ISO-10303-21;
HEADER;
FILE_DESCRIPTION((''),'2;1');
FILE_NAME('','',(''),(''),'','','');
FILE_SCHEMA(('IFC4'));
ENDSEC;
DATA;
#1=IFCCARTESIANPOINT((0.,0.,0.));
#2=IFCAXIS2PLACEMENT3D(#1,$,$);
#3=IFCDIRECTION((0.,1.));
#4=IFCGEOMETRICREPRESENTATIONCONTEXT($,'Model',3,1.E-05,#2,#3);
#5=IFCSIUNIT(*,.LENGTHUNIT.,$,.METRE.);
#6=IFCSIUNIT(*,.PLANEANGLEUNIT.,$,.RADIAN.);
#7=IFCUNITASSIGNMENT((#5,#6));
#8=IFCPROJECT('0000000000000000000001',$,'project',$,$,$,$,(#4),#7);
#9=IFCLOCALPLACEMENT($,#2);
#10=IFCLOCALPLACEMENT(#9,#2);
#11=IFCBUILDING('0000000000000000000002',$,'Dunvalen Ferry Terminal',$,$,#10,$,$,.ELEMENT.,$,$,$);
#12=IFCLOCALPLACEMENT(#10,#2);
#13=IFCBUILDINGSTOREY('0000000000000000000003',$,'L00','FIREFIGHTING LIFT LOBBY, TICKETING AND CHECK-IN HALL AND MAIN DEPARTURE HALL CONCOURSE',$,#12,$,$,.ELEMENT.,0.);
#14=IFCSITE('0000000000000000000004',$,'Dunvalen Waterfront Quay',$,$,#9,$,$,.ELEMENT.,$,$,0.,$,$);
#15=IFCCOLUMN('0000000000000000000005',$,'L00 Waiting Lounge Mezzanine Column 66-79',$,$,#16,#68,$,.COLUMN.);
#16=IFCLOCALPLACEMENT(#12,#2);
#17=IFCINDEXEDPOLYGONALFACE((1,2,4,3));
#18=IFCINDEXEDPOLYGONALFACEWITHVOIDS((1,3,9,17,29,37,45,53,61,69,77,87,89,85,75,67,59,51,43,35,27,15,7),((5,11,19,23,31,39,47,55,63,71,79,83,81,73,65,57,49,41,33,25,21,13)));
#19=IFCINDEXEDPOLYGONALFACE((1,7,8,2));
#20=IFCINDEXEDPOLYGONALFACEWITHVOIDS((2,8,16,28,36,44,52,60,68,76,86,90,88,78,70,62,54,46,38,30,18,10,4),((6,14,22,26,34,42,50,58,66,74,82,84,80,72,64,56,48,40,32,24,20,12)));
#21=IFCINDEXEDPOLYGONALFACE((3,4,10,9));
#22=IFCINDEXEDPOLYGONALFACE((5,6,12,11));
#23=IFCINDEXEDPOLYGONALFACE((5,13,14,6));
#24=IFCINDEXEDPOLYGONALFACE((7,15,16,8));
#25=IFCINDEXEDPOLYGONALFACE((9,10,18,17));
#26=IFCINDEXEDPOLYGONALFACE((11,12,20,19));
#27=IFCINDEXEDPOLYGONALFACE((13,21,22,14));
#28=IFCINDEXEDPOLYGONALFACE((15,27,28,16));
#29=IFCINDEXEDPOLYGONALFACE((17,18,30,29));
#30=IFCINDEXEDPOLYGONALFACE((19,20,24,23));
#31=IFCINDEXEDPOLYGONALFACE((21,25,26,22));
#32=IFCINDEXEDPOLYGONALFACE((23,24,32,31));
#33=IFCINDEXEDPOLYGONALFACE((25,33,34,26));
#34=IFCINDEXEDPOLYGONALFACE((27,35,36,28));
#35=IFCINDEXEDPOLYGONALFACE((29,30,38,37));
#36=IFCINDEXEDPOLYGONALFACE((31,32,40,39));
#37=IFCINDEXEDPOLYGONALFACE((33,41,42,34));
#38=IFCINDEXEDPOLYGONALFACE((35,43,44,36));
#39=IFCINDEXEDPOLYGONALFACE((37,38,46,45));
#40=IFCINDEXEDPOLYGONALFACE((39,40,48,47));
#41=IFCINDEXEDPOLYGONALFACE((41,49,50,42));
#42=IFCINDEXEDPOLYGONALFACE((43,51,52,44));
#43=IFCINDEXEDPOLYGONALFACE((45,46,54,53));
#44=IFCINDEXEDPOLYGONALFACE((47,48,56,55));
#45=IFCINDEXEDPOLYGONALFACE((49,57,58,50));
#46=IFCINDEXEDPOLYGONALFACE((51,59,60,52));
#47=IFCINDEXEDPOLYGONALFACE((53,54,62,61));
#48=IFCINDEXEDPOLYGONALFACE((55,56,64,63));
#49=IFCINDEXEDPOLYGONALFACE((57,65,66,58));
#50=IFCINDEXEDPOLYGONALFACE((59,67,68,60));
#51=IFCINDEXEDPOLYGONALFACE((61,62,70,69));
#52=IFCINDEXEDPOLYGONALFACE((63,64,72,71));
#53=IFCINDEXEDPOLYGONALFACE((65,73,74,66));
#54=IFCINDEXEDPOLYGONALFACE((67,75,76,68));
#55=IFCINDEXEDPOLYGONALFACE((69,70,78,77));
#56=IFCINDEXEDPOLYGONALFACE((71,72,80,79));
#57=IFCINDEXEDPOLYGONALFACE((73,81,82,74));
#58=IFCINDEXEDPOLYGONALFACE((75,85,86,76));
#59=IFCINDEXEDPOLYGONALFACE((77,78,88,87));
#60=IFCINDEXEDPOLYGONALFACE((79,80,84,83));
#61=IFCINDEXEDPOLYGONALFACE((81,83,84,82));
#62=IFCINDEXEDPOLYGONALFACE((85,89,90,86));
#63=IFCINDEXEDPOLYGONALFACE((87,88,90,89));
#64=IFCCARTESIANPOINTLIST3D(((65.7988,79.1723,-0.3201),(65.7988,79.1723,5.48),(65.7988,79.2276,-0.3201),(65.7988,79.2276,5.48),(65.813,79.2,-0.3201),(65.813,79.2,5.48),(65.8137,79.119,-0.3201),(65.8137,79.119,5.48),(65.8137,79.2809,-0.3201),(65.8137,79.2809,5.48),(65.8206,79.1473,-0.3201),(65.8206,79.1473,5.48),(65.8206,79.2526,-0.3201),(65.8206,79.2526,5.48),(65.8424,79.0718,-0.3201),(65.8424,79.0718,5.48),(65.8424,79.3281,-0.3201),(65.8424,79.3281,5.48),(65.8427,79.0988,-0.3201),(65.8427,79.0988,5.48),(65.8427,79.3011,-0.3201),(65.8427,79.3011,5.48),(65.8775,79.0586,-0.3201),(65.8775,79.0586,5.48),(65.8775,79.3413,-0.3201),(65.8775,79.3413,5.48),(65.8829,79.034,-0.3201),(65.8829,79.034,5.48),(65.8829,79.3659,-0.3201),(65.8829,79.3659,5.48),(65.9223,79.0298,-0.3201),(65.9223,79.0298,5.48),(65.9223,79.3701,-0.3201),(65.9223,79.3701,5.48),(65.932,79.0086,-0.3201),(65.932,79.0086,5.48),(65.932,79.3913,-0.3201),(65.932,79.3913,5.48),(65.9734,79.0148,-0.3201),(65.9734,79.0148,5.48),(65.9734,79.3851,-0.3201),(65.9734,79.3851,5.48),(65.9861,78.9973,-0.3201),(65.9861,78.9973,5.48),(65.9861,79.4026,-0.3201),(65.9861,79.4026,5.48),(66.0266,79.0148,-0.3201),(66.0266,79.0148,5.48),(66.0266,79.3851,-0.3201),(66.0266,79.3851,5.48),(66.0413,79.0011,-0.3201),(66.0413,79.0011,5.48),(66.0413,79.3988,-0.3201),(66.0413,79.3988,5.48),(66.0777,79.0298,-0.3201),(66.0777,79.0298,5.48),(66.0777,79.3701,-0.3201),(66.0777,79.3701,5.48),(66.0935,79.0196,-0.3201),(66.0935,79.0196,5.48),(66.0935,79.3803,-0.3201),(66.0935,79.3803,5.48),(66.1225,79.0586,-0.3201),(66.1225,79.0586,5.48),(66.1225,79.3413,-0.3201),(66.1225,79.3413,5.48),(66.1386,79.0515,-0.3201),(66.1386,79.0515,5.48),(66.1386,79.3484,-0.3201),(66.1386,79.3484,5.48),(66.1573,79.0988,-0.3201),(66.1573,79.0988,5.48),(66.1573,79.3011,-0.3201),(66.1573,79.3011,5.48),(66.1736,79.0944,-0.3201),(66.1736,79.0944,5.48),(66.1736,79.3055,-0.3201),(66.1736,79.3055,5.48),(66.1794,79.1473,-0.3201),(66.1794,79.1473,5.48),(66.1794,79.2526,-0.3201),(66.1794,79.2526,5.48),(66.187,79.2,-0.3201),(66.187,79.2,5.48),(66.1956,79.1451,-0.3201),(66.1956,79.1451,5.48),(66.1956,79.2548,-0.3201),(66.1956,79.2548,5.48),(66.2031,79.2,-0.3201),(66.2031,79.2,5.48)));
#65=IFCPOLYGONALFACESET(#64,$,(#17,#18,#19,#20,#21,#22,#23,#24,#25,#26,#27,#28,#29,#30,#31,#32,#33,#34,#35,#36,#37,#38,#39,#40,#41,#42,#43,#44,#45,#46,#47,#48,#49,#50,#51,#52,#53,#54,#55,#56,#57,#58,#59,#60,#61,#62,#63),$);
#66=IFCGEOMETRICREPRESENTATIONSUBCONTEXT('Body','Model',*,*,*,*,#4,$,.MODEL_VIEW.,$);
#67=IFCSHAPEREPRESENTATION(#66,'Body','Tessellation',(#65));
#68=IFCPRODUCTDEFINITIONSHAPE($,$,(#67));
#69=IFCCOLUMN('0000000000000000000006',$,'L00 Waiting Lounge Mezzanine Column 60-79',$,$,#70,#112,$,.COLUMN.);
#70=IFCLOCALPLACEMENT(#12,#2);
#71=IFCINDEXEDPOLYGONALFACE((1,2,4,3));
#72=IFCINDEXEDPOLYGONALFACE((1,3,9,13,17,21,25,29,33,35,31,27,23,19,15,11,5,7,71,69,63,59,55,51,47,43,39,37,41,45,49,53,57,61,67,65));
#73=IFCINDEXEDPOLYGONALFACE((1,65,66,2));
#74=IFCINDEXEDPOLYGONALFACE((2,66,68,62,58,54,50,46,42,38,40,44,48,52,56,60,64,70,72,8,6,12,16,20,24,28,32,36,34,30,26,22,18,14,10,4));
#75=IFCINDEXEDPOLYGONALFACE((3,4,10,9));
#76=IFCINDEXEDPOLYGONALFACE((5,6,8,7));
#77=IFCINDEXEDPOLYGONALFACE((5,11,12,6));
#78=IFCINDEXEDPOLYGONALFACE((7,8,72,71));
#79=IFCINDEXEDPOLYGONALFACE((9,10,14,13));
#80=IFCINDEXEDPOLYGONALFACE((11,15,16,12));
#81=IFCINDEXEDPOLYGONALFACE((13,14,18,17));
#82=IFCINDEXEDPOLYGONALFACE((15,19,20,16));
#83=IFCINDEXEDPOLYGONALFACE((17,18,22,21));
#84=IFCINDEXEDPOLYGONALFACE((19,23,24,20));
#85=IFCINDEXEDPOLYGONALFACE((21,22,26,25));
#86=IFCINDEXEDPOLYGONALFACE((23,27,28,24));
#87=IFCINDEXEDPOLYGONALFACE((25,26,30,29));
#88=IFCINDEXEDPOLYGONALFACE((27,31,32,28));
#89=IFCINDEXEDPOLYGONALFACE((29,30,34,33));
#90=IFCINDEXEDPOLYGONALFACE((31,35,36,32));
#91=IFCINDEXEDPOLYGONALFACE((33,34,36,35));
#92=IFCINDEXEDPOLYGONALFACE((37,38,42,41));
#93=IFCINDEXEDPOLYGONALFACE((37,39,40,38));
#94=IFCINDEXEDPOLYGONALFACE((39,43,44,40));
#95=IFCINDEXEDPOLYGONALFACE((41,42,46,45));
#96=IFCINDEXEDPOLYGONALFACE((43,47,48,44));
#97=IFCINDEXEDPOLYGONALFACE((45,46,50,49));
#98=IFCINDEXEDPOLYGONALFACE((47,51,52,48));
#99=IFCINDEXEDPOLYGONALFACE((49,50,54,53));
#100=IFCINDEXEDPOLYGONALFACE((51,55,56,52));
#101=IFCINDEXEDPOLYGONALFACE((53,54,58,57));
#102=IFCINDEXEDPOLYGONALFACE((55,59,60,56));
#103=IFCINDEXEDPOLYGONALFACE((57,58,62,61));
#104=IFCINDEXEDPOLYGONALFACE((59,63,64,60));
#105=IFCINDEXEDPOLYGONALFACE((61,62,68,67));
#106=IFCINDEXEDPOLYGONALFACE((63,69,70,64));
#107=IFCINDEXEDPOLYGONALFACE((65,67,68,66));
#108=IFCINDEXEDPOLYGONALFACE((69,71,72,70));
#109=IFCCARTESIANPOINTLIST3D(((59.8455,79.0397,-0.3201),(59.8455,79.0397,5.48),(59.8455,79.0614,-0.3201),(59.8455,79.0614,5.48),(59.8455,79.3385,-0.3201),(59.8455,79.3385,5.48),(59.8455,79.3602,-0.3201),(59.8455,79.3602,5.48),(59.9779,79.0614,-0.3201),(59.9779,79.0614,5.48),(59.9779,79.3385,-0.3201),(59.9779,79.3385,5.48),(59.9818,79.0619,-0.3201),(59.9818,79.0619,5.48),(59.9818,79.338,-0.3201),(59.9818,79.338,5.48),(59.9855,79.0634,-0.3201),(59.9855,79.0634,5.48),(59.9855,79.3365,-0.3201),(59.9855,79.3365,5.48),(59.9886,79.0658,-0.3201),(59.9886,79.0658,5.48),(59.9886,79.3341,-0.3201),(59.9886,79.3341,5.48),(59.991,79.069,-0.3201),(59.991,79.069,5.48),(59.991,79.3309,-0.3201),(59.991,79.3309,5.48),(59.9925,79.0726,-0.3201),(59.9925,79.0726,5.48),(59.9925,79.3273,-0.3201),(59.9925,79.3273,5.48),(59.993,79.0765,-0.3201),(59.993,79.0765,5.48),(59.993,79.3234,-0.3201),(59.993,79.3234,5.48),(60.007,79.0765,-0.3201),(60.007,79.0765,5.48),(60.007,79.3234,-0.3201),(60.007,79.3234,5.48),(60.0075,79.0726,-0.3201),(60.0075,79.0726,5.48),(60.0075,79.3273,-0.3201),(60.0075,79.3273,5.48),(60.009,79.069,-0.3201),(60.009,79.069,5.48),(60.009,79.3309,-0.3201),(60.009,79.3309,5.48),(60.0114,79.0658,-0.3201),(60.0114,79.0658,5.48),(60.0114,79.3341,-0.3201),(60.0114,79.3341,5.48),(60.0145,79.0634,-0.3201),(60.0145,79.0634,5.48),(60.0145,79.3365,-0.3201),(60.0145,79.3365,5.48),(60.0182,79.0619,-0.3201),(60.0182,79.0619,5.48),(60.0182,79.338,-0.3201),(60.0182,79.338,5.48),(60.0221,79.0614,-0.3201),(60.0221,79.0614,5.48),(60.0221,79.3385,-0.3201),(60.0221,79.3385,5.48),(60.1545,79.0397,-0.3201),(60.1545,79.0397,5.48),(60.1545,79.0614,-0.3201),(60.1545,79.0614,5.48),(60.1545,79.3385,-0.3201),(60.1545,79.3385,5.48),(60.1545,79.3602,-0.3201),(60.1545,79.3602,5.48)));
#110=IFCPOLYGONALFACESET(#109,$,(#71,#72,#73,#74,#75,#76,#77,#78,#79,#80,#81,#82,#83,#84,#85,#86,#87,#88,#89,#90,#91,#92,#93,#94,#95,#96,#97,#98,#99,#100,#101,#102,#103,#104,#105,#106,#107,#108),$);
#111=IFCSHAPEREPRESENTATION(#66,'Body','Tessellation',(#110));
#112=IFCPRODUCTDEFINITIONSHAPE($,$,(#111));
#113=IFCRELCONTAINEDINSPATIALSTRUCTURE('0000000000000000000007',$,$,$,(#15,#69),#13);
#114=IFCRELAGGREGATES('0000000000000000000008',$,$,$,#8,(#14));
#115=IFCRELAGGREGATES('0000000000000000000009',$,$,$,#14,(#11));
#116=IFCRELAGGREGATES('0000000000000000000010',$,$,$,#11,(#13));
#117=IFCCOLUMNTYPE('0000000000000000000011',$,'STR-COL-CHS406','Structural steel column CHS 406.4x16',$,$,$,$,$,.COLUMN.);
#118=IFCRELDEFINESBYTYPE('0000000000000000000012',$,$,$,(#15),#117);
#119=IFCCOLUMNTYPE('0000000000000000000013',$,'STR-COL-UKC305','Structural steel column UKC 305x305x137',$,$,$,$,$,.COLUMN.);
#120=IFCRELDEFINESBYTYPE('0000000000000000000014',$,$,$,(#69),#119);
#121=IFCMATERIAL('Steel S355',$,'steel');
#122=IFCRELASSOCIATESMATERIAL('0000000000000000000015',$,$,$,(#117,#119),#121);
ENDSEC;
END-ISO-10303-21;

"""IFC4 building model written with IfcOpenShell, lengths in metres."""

from ifc_helpers import new_model, si_unit, direction, frame, origin, origin_2d, place, context, subcontext, project, spatial, hollow_circle, i_section, extrude, material, material_profile, profile_set, type_object, element, save


model = new_model("IFC4")

# Units and contexts
model_context = context("Model", 3, precision=1e-05, world=origin(), true_north=direction((0.0, 1.0)))
body_context = subcontext(model_context, "Body", "Model", "MODEL_VIEW")
ifc_project = project(units=[si_unit("LENGTHUNIT", "METRE"), si_unit("PLANEANGLEUNIT", "RADIAN")], contexts=[model_context])

# Site, building, storey
site_placement = place(None, origin())
site = spatial("IfcSite", under=ifc_project, at=site_placement, Name="Dunvalen Waterfront Quay", CompositionType="ELEMENT", RefElevation=0.0)
building_placement = place(site_placement, origin())
building = spatial("IfcBuilding", under=site, at=building_placement, Name="Dunvalen Ferry Terminal", CompositionType="ELEMENT")
storey_placement = place(building_placement, origin())
storey = spatial("IfcBuildingStorey", under=building, at=storey_placement, Name="L00", Description="FIREFIGHTING LIFT LOBBY, TICKETING AND CHECK-IN HALL AND MAIN DEPARTURE HALL CONCOURSE", CompositionType="ELEMENT", Elevation=0.0)

# Columns
ifc_material_1 = material(Name="Steel S355", Category="steel")
ifc_material_profile_1 = material_profile(ifc_material_1, hollow_circle(Radius=0.2031, WallThickness=0.0161, at=origin_2d()), Name="Steel S355")
ifc_profile_set_1 = profile_set([ifc_material_profile_1], Name="Steel S355")
column_type_1 = type_object("IfcColumnType", Name="STR-COL-CHS406", Description="Structural steel column CHS 406.4x16", PredefinedType="COLUMN", material=ifc_profile_set_1)
for number, where, z_axis, x_axis, name in (
    (1, (66.0, 79.2, -0.3201), (0.0, 0.0, 1.0), (1.0, 0.0, 0.0), "L00 Waiting Lounge Mezzanine Column 66-79"),
):
    element("IfcColumn", number, at=place(storey_placement, frame(where, z_axis=z_axis, x_axis=x_axis)), inside=storey, type_object=column_type_1, Name=name, PredefinedType="COLUMN", context=body_context, shape_type="SweptSolid", body=[
        extrude(hollow_circle(Radius=0.2031, WallThickness=0.0161, at=origin_2d()), origin(), (0.0, 0.0, 1.0), 5.8),
    ])
ifc_material_profile_2 = material_profile(ifc_material_1, i_section(OverallWidth=0.3091, OverallDepth=0.3206, WebThickness=0.0139, FlangeThickness=0.0217, FilletRadius=0.0151, at=origin_2d()), Name="Steel S355")
ifc_profile_set_2 = profile_set([ifc_material_profile_2], Name="Steel S355")
column_type_2 = type_object("IfcColumnType", Name="STR-COL-UKC305", Description="Structural steel column UKC 305x305x137", PredefinedType="COLUMN", material=ifc_profile_set_2)
column_placement = place(storey_placement, frame((60.0, 79.2, -0.3201), z_axis=(0.0, 0.0, 1.0), x_axis=(1.0, 0.0, 0.0)))
element("IfcColumn", 2, at=column_placement, inside=storey, type_object=column_type_2, Name="L00 Waiting Lounge Mezzanine Column 60-79", PredefinedType="COLUMN", context=body_context, shape_type="SweptSolid", body=[
    extrude(i_section(OverallWidth=0.3091, OverallDepth=0.3206, WebThickness=0.0139, FlangeThickness=0.0217, FilletRadius=0.0151, at=origin_2d()), origin(), (0.0, 0.0, 1.0), 5.8),
])

save(model, "model.ifc")
